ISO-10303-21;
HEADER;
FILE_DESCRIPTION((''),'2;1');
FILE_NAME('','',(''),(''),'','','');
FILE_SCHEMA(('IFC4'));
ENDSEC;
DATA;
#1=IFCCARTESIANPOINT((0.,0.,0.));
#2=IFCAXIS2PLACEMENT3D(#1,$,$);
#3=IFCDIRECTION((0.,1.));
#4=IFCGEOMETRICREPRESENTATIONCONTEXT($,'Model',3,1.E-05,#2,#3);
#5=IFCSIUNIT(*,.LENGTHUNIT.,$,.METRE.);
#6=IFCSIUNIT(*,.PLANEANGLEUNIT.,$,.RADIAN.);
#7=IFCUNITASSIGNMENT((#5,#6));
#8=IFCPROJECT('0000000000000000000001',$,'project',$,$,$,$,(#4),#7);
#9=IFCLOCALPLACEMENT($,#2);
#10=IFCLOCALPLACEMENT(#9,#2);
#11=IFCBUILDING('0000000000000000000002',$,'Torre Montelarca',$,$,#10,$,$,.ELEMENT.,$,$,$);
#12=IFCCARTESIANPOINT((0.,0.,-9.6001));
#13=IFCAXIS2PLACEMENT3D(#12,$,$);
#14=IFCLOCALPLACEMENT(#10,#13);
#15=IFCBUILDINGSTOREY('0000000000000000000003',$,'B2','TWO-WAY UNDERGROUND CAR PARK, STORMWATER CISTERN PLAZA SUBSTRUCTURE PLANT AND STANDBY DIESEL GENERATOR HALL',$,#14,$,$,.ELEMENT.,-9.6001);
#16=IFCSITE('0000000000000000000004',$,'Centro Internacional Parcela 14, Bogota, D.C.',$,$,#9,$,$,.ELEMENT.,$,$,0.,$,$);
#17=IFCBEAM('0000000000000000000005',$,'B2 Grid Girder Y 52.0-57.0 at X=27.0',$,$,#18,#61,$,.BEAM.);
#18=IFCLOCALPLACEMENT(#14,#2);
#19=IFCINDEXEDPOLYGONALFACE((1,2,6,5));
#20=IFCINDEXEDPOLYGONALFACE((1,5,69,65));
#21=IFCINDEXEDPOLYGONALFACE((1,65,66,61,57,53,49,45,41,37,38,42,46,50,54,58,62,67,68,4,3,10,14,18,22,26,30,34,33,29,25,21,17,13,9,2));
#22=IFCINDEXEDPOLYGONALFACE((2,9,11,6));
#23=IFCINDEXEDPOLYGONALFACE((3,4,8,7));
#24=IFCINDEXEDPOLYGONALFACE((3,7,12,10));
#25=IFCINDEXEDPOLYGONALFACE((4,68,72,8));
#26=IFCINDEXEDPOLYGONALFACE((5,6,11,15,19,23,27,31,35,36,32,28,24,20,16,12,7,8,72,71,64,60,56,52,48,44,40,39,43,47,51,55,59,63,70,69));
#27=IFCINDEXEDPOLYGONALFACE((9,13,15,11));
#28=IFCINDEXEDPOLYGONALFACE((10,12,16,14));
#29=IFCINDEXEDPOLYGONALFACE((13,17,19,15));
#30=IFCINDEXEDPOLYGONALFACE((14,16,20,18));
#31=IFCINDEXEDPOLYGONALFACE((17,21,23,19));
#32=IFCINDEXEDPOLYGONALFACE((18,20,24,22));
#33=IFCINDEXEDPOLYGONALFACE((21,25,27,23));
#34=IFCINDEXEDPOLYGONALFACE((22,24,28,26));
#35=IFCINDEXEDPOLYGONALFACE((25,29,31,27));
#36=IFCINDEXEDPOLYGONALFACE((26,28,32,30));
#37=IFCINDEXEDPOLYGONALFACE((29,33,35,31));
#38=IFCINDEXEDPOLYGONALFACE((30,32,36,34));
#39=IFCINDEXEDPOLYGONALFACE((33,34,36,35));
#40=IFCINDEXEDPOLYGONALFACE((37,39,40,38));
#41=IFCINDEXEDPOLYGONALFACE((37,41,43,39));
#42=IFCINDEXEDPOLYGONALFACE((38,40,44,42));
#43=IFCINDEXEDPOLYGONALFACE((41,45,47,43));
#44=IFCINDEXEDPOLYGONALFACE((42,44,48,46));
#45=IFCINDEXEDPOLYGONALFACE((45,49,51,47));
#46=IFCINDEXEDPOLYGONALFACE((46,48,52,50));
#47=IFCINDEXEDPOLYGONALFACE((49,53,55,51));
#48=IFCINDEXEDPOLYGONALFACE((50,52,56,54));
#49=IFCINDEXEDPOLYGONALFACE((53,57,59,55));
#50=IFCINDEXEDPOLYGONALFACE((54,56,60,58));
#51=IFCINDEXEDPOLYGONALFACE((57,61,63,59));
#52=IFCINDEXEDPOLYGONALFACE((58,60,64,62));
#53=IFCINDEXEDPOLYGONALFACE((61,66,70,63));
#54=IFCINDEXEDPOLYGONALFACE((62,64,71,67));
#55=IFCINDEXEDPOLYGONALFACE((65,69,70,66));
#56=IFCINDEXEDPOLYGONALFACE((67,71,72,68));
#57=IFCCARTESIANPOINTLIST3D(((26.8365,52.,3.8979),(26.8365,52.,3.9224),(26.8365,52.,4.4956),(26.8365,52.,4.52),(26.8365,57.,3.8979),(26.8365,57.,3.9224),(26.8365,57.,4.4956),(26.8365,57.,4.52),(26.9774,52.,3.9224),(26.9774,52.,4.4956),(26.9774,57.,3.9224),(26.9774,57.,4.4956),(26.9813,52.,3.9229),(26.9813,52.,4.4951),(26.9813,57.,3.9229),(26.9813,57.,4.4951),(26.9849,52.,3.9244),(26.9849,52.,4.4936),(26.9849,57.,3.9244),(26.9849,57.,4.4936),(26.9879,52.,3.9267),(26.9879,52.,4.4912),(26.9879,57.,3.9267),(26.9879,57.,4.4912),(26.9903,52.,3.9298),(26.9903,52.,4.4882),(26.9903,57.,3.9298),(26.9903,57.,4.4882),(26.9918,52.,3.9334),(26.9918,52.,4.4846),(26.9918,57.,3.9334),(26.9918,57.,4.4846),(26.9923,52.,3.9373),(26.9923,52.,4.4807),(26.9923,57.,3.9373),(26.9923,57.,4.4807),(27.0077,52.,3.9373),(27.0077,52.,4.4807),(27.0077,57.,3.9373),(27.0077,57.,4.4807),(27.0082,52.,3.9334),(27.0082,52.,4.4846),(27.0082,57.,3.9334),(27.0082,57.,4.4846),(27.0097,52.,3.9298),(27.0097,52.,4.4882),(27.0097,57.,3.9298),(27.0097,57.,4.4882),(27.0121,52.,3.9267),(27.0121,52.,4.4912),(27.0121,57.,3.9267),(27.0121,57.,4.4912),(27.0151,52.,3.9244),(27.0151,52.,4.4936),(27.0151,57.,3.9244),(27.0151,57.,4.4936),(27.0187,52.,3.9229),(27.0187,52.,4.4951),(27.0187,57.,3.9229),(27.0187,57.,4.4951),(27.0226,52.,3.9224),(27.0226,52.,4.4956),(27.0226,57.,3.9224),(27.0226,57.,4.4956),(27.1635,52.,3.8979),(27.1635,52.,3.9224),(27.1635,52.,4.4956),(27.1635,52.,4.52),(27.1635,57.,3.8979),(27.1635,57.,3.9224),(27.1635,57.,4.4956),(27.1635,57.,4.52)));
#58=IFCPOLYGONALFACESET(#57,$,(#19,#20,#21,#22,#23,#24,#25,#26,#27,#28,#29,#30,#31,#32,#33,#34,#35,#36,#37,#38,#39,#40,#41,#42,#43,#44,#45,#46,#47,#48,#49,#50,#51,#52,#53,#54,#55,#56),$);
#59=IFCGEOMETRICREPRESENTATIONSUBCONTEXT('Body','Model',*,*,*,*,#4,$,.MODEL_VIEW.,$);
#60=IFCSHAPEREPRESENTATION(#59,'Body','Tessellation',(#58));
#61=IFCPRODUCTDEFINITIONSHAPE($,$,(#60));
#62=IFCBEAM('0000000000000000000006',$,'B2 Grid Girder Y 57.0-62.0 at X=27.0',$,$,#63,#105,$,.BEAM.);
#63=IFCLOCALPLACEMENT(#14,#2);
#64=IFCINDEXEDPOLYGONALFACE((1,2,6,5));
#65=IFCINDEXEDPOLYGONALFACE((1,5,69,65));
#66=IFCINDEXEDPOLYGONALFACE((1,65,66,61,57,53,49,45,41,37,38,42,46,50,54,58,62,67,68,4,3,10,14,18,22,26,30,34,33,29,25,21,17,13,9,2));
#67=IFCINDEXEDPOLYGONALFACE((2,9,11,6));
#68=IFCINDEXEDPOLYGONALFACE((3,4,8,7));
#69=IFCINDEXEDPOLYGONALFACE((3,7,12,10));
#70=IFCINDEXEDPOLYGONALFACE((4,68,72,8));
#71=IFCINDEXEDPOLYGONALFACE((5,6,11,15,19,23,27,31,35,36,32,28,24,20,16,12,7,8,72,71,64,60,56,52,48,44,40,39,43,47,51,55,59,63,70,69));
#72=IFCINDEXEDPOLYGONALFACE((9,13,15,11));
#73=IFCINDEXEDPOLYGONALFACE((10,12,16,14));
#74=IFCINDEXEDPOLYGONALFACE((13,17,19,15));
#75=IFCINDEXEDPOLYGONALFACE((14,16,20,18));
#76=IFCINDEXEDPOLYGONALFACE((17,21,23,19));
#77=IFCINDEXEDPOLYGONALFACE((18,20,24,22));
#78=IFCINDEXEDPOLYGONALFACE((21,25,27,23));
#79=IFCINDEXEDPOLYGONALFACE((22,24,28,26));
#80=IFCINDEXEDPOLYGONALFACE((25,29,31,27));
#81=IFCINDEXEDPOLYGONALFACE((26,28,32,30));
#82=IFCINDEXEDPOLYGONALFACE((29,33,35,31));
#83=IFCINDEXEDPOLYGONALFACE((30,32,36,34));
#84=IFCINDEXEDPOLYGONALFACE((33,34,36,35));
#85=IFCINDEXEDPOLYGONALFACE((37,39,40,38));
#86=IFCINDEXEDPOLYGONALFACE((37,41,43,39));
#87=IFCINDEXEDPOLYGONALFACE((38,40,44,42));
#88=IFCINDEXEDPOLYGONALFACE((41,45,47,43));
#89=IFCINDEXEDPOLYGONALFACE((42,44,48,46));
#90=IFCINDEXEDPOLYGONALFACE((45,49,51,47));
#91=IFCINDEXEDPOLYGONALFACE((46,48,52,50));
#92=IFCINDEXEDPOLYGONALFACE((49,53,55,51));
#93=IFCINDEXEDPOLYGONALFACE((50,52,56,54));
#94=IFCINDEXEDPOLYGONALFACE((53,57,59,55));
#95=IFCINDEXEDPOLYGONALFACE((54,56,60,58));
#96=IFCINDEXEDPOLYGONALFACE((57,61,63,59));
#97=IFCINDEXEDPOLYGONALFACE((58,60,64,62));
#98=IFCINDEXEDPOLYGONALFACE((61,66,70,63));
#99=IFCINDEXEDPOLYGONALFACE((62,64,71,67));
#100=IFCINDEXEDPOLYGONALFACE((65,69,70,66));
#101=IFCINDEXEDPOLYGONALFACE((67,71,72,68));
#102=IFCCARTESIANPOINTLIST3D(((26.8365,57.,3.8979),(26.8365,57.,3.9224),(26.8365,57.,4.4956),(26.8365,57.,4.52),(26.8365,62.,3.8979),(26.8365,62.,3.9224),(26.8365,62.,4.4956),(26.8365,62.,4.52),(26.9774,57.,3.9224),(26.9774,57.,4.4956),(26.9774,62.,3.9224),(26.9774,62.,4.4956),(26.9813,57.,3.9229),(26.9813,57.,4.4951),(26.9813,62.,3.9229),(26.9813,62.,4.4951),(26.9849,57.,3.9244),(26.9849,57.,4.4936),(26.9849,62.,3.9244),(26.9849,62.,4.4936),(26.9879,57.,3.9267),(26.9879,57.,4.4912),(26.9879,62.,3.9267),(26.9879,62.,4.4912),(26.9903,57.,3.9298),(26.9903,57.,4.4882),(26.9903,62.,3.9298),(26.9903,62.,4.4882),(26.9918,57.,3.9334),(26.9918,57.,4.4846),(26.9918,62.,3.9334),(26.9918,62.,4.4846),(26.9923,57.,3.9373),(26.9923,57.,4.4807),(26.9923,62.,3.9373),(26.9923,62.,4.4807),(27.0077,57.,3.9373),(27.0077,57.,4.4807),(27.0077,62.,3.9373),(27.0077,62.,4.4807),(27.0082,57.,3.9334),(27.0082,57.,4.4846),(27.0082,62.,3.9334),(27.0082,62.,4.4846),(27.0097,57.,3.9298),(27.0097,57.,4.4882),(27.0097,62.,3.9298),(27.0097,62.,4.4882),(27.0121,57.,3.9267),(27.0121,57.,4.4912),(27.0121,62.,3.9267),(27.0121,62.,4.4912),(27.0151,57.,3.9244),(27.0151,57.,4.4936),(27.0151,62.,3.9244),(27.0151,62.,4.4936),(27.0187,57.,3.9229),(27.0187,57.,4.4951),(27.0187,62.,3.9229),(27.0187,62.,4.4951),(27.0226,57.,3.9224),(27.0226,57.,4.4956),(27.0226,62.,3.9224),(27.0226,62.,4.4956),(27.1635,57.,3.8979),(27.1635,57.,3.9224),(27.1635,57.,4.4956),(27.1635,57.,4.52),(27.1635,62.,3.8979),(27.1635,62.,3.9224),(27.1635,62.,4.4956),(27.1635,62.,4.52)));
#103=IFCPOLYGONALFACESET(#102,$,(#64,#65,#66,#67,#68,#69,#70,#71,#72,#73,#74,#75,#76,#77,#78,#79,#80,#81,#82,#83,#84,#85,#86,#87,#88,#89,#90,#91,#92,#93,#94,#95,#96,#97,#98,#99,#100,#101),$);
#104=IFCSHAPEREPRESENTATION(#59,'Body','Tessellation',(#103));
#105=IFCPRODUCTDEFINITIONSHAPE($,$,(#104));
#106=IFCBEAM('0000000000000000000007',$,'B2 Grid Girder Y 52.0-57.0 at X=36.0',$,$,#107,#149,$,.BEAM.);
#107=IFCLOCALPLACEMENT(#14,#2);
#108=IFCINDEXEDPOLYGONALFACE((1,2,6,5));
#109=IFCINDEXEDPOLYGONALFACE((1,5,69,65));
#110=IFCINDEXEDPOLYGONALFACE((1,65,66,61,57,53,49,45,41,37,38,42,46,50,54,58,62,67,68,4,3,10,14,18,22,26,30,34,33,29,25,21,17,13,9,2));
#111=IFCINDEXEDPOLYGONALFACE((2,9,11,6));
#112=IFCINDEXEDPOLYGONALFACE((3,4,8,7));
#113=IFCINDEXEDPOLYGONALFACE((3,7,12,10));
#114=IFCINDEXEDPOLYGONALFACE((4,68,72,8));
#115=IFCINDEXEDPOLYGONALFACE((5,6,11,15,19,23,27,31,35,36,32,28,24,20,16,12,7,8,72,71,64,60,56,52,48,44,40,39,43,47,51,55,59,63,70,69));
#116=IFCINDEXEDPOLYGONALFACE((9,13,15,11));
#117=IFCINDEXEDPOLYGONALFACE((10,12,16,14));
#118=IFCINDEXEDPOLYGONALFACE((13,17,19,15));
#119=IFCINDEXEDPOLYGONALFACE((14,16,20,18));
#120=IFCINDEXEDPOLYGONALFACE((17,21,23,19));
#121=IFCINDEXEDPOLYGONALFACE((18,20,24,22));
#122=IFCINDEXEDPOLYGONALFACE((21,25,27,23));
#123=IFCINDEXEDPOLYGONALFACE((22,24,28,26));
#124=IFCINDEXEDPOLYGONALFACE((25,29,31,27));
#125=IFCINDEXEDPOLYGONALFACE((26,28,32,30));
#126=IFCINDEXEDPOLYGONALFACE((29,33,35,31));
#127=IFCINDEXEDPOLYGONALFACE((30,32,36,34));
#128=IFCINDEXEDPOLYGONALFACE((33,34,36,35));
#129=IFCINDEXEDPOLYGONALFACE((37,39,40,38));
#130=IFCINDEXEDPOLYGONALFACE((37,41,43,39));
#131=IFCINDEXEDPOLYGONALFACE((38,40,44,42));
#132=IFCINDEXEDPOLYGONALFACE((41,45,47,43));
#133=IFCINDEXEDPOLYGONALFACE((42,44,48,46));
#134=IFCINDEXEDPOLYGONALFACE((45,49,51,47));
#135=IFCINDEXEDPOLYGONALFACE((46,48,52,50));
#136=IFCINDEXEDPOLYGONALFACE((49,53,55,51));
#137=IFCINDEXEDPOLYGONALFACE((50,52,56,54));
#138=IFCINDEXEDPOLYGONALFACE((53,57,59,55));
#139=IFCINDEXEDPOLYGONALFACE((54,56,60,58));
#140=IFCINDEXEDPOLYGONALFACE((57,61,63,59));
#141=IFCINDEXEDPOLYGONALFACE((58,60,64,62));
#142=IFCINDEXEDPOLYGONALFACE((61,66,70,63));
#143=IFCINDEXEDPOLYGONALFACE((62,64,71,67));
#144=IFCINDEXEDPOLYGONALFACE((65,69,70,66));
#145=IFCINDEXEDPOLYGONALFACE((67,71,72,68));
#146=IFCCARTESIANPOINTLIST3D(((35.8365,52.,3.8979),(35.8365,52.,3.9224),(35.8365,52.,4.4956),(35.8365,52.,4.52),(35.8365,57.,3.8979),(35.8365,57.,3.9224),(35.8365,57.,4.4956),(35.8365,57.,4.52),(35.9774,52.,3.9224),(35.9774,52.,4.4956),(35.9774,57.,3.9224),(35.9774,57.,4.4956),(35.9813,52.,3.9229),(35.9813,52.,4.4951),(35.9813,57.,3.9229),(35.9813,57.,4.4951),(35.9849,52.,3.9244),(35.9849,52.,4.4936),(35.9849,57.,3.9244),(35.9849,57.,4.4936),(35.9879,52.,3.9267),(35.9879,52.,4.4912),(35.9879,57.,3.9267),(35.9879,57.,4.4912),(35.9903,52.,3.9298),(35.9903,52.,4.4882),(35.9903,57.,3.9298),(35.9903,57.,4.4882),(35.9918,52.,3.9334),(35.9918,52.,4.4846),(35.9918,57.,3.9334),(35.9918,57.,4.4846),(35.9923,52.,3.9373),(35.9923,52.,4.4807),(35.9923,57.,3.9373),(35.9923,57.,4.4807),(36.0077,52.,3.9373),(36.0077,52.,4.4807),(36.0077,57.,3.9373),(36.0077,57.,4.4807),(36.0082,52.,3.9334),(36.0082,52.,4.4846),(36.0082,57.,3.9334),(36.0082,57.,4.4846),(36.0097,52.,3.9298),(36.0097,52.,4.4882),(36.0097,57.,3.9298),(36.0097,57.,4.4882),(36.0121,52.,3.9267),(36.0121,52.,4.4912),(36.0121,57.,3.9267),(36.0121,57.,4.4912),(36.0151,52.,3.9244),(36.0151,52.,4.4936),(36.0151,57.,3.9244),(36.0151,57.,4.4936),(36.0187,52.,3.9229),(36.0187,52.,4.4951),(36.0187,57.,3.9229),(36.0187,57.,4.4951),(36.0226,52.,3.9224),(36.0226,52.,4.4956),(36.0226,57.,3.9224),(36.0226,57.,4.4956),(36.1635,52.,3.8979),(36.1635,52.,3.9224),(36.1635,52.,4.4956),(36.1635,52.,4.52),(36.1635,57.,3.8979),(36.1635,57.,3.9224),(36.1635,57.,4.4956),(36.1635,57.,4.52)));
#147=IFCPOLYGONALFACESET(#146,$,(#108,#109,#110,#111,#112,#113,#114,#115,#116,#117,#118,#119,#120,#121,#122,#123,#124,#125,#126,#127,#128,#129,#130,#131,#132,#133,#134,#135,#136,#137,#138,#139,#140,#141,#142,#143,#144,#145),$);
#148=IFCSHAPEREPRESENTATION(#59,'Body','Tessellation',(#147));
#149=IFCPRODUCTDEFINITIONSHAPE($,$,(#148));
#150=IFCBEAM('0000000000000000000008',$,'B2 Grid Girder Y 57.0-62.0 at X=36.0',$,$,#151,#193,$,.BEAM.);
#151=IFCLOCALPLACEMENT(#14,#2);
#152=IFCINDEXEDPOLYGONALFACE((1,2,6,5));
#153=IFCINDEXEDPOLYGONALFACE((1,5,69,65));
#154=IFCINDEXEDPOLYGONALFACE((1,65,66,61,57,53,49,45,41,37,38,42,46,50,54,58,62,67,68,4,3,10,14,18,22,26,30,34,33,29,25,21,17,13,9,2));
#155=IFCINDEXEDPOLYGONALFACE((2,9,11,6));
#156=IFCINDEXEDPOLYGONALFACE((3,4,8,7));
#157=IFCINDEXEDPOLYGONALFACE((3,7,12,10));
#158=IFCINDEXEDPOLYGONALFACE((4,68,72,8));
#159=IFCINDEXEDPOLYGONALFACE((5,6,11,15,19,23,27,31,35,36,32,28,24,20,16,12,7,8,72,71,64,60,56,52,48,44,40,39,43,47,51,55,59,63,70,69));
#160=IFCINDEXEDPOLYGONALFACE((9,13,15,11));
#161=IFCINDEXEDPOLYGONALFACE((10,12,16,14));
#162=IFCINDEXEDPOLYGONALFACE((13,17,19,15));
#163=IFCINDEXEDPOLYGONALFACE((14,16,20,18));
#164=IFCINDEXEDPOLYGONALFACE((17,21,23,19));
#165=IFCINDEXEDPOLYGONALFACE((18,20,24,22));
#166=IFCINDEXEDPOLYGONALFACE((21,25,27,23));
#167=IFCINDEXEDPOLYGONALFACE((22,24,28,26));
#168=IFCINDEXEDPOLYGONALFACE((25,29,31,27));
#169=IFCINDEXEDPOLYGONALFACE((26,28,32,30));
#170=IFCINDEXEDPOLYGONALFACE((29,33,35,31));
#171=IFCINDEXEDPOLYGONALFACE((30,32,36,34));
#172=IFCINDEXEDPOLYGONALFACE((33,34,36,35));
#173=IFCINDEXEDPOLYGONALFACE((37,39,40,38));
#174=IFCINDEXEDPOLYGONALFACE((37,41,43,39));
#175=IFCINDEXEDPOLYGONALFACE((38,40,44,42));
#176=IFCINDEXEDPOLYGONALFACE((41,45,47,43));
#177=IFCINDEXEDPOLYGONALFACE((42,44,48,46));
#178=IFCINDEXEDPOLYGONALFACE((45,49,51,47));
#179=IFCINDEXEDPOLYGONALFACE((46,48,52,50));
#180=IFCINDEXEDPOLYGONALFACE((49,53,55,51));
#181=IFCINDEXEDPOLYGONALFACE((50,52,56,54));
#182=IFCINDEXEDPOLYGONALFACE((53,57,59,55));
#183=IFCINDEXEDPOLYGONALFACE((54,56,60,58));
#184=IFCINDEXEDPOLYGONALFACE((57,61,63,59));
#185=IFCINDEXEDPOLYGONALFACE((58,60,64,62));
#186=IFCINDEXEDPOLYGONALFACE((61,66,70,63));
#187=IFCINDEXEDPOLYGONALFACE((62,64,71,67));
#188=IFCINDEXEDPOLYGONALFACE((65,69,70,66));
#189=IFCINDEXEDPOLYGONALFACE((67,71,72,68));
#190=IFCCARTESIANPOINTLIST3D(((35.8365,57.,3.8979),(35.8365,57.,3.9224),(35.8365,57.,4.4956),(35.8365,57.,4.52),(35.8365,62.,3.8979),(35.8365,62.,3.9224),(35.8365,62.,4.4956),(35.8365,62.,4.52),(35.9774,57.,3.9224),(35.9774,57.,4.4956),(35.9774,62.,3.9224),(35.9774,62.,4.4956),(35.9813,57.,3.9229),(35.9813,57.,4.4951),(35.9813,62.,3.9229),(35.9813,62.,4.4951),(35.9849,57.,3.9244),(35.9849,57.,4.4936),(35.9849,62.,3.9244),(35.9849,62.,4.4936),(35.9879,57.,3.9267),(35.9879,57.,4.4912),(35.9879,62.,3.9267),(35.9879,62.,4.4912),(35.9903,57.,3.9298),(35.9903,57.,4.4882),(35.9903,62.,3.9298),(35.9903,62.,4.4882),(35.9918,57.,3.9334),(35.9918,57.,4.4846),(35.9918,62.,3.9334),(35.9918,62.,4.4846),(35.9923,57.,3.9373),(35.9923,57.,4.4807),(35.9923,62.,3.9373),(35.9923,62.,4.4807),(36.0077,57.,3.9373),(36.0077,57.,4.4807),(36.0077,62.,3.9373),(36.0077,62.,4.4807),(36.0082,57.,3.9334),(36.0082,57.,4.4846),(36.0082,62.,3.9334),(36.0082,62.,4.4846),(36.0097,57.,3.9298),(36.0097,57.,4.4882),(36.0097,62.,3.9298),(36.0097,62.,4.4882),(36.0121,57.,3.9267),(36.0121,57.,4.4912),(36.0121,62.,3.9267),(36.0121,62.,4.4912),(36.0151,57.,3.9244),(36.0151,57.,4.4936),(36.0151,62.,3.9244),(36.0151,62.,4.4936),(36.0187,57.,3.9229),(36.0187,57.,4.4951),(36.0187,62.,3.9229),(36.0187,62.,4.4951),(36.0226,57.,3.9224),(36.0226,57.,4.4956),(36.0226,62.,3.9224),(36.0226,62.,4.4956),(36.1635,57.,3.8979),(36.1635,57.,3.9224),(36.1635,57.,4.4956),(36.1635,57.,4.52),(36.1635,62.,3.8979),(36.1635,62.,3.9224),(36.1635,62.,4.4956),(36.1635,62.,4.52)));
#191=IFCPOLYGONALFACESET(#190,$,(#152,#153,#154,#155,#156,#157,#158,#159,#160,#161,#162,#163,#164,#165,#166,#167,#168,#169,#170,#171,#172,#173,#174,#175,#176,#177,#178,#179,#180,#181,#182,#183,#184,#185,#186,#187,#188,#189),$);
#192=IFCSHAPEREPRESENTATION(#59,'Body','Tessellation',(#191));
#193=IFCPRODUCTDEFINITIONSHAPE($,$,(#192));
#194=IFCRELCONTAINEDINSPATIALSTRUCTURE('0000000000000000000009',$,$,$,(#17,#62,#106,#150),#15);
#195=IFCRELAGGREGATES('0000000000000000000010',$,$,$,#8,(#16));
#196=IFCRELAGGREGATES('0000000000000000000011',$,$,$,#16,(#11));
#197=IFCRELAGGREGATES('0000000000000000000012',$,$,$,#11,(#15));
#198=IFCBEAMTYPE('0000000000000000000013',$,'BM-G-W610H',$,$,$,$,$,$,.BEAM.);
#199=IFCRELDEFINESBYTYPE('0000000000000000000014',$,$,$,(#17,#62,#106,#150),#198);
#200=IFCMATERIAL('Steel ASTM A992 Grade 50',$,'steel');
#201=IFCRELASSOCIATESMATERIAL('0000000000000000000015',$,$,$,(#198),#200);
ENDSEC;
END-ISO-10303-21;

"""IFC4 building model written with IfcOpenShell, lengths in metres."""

from ifc_helpers import new_model, si_unit, direction, frame, origin, origin_2d, place, context, subcontext, project, spatial, i_section, extrude, source, transform, mapped, material, material_profile, profile_set, type_object, element, save


model = new_model("IFC4")

# Units and contexts
model_context = context("Model", 3, precision=1e-05, world=origin(), true_north=direction((0.0, 1.0)))
body_context = subcontext(model_context, "Body", "Model", "MODEL_VIEW")
ifc_project = project(units=[si_unit("LENGTHUNIT", "METRE"), si_unit("PLANEANGLEUNIT", "RADIAN")], contexts=[model_context])

# Site, building, storey
site_placement = place(None, origin())
site = spatial("IfcSite", under=ifc_project, at=site_placement, Name="Centro Internacional Parcela 14, Bogota, D.C.", CompositionType="ELEMENT", RefElevation=0.0)
building_placement = place(site_placement, origin())
building = spatial("IfcBuilding", under=site, at=building_placement, Name="Torre Montelarca", CompositionType="ELEMENT")
storey_placement = place(building_placement, frame((0.0, 0.0, -9.6001)))
storey = spatial("IfcBuildingStorey", under=building, at=storey_placement, Name="B2", Description="TWO-WAY UNDERGROUND CAR PARK, STORMWATER CISTERN PLAZA SUBSTRUCTURE PLANT AND STANDBY DIESEL GENERATOR HALL", CompositionType="ELEMENT", Elevation=-9.6001)

# Beams
ifc_material_1 = material(Name="Steel ASTM A992 Grade 50", Category="steel")
ifc_material_profile_1 = material_profile(ifc_material_1, i_section(OverallWidth=0.3269, OverallDepth=0.6221, WebThickness=0.0154, FlangeThickness=0.0244, FilletRadius=0.0149, at=origin_2d()), Name="W610X195", Category="steel")
ifc_profile_set_1 = profile_set([ifc_material_profile_1], Name="Steel ASTM A992 Grade 50")
beam_type_1 = type_object("IfcBeamType", Name="BM-G-W610H", PredefinedType="BEAM", material=ifc_profile_set_1)
shared_shape_1 = source(origin(), body_context, "Body", "SweptSolid", [
    extrude(i_section(OverallWidth=0.3269, OverallDepth=0.6221, WebThickness=0.0154, FlangeThickness=0.0244, FilletRadius=0.0149, at=origin_2d()), origin(), (0.0, 0.0, 1.0), 5.0),
])
for number, where, z_axis, x_axis, name in (
    (1, (27.0, 52.0, 4.209), (0.0, 1.0, 0.0), (-1.0, 0.0, 0.0), "B2 Grid Girder Y 52.0-57.0 at X=27.0"),
    (2, (27.0, 57.0, 4.209), (0.0, 1.0, 0.0), (-1.0, 0.0, 0.0), "B2 Grid Girder Y 57.0-62.0 at X=27.0"),
    (3, (36.0, 52.0, 4.209), (0.0, 1.0, 0.0), (-1.0, 0.0, 0.0), "B2 Grid Girder Y 52.0-57.0 at X=36.0"),
    (4, (36.0, 57.0, 4.209), (0.0, 1.0, 0.0), (-1.0, 0.0, 0.0), "B2 Grid Girder Y 57.0-62.0 at X=36.0"),
):
    element("IfcBeam", number, at=place(storey_placement, frame(where, z_axis=z_axis, x_axis=x_axis)), inside=storey, type_object=beam_type_1, Name=name, PredefinedType="BEAM", context=body_context, shape_type="MappedRepresentation", body=[
        mapped(shared_shape_1, transform((0.0, 0.0, 0.0), scale=1.0)),
    ])

save(model, "model.ifc")
